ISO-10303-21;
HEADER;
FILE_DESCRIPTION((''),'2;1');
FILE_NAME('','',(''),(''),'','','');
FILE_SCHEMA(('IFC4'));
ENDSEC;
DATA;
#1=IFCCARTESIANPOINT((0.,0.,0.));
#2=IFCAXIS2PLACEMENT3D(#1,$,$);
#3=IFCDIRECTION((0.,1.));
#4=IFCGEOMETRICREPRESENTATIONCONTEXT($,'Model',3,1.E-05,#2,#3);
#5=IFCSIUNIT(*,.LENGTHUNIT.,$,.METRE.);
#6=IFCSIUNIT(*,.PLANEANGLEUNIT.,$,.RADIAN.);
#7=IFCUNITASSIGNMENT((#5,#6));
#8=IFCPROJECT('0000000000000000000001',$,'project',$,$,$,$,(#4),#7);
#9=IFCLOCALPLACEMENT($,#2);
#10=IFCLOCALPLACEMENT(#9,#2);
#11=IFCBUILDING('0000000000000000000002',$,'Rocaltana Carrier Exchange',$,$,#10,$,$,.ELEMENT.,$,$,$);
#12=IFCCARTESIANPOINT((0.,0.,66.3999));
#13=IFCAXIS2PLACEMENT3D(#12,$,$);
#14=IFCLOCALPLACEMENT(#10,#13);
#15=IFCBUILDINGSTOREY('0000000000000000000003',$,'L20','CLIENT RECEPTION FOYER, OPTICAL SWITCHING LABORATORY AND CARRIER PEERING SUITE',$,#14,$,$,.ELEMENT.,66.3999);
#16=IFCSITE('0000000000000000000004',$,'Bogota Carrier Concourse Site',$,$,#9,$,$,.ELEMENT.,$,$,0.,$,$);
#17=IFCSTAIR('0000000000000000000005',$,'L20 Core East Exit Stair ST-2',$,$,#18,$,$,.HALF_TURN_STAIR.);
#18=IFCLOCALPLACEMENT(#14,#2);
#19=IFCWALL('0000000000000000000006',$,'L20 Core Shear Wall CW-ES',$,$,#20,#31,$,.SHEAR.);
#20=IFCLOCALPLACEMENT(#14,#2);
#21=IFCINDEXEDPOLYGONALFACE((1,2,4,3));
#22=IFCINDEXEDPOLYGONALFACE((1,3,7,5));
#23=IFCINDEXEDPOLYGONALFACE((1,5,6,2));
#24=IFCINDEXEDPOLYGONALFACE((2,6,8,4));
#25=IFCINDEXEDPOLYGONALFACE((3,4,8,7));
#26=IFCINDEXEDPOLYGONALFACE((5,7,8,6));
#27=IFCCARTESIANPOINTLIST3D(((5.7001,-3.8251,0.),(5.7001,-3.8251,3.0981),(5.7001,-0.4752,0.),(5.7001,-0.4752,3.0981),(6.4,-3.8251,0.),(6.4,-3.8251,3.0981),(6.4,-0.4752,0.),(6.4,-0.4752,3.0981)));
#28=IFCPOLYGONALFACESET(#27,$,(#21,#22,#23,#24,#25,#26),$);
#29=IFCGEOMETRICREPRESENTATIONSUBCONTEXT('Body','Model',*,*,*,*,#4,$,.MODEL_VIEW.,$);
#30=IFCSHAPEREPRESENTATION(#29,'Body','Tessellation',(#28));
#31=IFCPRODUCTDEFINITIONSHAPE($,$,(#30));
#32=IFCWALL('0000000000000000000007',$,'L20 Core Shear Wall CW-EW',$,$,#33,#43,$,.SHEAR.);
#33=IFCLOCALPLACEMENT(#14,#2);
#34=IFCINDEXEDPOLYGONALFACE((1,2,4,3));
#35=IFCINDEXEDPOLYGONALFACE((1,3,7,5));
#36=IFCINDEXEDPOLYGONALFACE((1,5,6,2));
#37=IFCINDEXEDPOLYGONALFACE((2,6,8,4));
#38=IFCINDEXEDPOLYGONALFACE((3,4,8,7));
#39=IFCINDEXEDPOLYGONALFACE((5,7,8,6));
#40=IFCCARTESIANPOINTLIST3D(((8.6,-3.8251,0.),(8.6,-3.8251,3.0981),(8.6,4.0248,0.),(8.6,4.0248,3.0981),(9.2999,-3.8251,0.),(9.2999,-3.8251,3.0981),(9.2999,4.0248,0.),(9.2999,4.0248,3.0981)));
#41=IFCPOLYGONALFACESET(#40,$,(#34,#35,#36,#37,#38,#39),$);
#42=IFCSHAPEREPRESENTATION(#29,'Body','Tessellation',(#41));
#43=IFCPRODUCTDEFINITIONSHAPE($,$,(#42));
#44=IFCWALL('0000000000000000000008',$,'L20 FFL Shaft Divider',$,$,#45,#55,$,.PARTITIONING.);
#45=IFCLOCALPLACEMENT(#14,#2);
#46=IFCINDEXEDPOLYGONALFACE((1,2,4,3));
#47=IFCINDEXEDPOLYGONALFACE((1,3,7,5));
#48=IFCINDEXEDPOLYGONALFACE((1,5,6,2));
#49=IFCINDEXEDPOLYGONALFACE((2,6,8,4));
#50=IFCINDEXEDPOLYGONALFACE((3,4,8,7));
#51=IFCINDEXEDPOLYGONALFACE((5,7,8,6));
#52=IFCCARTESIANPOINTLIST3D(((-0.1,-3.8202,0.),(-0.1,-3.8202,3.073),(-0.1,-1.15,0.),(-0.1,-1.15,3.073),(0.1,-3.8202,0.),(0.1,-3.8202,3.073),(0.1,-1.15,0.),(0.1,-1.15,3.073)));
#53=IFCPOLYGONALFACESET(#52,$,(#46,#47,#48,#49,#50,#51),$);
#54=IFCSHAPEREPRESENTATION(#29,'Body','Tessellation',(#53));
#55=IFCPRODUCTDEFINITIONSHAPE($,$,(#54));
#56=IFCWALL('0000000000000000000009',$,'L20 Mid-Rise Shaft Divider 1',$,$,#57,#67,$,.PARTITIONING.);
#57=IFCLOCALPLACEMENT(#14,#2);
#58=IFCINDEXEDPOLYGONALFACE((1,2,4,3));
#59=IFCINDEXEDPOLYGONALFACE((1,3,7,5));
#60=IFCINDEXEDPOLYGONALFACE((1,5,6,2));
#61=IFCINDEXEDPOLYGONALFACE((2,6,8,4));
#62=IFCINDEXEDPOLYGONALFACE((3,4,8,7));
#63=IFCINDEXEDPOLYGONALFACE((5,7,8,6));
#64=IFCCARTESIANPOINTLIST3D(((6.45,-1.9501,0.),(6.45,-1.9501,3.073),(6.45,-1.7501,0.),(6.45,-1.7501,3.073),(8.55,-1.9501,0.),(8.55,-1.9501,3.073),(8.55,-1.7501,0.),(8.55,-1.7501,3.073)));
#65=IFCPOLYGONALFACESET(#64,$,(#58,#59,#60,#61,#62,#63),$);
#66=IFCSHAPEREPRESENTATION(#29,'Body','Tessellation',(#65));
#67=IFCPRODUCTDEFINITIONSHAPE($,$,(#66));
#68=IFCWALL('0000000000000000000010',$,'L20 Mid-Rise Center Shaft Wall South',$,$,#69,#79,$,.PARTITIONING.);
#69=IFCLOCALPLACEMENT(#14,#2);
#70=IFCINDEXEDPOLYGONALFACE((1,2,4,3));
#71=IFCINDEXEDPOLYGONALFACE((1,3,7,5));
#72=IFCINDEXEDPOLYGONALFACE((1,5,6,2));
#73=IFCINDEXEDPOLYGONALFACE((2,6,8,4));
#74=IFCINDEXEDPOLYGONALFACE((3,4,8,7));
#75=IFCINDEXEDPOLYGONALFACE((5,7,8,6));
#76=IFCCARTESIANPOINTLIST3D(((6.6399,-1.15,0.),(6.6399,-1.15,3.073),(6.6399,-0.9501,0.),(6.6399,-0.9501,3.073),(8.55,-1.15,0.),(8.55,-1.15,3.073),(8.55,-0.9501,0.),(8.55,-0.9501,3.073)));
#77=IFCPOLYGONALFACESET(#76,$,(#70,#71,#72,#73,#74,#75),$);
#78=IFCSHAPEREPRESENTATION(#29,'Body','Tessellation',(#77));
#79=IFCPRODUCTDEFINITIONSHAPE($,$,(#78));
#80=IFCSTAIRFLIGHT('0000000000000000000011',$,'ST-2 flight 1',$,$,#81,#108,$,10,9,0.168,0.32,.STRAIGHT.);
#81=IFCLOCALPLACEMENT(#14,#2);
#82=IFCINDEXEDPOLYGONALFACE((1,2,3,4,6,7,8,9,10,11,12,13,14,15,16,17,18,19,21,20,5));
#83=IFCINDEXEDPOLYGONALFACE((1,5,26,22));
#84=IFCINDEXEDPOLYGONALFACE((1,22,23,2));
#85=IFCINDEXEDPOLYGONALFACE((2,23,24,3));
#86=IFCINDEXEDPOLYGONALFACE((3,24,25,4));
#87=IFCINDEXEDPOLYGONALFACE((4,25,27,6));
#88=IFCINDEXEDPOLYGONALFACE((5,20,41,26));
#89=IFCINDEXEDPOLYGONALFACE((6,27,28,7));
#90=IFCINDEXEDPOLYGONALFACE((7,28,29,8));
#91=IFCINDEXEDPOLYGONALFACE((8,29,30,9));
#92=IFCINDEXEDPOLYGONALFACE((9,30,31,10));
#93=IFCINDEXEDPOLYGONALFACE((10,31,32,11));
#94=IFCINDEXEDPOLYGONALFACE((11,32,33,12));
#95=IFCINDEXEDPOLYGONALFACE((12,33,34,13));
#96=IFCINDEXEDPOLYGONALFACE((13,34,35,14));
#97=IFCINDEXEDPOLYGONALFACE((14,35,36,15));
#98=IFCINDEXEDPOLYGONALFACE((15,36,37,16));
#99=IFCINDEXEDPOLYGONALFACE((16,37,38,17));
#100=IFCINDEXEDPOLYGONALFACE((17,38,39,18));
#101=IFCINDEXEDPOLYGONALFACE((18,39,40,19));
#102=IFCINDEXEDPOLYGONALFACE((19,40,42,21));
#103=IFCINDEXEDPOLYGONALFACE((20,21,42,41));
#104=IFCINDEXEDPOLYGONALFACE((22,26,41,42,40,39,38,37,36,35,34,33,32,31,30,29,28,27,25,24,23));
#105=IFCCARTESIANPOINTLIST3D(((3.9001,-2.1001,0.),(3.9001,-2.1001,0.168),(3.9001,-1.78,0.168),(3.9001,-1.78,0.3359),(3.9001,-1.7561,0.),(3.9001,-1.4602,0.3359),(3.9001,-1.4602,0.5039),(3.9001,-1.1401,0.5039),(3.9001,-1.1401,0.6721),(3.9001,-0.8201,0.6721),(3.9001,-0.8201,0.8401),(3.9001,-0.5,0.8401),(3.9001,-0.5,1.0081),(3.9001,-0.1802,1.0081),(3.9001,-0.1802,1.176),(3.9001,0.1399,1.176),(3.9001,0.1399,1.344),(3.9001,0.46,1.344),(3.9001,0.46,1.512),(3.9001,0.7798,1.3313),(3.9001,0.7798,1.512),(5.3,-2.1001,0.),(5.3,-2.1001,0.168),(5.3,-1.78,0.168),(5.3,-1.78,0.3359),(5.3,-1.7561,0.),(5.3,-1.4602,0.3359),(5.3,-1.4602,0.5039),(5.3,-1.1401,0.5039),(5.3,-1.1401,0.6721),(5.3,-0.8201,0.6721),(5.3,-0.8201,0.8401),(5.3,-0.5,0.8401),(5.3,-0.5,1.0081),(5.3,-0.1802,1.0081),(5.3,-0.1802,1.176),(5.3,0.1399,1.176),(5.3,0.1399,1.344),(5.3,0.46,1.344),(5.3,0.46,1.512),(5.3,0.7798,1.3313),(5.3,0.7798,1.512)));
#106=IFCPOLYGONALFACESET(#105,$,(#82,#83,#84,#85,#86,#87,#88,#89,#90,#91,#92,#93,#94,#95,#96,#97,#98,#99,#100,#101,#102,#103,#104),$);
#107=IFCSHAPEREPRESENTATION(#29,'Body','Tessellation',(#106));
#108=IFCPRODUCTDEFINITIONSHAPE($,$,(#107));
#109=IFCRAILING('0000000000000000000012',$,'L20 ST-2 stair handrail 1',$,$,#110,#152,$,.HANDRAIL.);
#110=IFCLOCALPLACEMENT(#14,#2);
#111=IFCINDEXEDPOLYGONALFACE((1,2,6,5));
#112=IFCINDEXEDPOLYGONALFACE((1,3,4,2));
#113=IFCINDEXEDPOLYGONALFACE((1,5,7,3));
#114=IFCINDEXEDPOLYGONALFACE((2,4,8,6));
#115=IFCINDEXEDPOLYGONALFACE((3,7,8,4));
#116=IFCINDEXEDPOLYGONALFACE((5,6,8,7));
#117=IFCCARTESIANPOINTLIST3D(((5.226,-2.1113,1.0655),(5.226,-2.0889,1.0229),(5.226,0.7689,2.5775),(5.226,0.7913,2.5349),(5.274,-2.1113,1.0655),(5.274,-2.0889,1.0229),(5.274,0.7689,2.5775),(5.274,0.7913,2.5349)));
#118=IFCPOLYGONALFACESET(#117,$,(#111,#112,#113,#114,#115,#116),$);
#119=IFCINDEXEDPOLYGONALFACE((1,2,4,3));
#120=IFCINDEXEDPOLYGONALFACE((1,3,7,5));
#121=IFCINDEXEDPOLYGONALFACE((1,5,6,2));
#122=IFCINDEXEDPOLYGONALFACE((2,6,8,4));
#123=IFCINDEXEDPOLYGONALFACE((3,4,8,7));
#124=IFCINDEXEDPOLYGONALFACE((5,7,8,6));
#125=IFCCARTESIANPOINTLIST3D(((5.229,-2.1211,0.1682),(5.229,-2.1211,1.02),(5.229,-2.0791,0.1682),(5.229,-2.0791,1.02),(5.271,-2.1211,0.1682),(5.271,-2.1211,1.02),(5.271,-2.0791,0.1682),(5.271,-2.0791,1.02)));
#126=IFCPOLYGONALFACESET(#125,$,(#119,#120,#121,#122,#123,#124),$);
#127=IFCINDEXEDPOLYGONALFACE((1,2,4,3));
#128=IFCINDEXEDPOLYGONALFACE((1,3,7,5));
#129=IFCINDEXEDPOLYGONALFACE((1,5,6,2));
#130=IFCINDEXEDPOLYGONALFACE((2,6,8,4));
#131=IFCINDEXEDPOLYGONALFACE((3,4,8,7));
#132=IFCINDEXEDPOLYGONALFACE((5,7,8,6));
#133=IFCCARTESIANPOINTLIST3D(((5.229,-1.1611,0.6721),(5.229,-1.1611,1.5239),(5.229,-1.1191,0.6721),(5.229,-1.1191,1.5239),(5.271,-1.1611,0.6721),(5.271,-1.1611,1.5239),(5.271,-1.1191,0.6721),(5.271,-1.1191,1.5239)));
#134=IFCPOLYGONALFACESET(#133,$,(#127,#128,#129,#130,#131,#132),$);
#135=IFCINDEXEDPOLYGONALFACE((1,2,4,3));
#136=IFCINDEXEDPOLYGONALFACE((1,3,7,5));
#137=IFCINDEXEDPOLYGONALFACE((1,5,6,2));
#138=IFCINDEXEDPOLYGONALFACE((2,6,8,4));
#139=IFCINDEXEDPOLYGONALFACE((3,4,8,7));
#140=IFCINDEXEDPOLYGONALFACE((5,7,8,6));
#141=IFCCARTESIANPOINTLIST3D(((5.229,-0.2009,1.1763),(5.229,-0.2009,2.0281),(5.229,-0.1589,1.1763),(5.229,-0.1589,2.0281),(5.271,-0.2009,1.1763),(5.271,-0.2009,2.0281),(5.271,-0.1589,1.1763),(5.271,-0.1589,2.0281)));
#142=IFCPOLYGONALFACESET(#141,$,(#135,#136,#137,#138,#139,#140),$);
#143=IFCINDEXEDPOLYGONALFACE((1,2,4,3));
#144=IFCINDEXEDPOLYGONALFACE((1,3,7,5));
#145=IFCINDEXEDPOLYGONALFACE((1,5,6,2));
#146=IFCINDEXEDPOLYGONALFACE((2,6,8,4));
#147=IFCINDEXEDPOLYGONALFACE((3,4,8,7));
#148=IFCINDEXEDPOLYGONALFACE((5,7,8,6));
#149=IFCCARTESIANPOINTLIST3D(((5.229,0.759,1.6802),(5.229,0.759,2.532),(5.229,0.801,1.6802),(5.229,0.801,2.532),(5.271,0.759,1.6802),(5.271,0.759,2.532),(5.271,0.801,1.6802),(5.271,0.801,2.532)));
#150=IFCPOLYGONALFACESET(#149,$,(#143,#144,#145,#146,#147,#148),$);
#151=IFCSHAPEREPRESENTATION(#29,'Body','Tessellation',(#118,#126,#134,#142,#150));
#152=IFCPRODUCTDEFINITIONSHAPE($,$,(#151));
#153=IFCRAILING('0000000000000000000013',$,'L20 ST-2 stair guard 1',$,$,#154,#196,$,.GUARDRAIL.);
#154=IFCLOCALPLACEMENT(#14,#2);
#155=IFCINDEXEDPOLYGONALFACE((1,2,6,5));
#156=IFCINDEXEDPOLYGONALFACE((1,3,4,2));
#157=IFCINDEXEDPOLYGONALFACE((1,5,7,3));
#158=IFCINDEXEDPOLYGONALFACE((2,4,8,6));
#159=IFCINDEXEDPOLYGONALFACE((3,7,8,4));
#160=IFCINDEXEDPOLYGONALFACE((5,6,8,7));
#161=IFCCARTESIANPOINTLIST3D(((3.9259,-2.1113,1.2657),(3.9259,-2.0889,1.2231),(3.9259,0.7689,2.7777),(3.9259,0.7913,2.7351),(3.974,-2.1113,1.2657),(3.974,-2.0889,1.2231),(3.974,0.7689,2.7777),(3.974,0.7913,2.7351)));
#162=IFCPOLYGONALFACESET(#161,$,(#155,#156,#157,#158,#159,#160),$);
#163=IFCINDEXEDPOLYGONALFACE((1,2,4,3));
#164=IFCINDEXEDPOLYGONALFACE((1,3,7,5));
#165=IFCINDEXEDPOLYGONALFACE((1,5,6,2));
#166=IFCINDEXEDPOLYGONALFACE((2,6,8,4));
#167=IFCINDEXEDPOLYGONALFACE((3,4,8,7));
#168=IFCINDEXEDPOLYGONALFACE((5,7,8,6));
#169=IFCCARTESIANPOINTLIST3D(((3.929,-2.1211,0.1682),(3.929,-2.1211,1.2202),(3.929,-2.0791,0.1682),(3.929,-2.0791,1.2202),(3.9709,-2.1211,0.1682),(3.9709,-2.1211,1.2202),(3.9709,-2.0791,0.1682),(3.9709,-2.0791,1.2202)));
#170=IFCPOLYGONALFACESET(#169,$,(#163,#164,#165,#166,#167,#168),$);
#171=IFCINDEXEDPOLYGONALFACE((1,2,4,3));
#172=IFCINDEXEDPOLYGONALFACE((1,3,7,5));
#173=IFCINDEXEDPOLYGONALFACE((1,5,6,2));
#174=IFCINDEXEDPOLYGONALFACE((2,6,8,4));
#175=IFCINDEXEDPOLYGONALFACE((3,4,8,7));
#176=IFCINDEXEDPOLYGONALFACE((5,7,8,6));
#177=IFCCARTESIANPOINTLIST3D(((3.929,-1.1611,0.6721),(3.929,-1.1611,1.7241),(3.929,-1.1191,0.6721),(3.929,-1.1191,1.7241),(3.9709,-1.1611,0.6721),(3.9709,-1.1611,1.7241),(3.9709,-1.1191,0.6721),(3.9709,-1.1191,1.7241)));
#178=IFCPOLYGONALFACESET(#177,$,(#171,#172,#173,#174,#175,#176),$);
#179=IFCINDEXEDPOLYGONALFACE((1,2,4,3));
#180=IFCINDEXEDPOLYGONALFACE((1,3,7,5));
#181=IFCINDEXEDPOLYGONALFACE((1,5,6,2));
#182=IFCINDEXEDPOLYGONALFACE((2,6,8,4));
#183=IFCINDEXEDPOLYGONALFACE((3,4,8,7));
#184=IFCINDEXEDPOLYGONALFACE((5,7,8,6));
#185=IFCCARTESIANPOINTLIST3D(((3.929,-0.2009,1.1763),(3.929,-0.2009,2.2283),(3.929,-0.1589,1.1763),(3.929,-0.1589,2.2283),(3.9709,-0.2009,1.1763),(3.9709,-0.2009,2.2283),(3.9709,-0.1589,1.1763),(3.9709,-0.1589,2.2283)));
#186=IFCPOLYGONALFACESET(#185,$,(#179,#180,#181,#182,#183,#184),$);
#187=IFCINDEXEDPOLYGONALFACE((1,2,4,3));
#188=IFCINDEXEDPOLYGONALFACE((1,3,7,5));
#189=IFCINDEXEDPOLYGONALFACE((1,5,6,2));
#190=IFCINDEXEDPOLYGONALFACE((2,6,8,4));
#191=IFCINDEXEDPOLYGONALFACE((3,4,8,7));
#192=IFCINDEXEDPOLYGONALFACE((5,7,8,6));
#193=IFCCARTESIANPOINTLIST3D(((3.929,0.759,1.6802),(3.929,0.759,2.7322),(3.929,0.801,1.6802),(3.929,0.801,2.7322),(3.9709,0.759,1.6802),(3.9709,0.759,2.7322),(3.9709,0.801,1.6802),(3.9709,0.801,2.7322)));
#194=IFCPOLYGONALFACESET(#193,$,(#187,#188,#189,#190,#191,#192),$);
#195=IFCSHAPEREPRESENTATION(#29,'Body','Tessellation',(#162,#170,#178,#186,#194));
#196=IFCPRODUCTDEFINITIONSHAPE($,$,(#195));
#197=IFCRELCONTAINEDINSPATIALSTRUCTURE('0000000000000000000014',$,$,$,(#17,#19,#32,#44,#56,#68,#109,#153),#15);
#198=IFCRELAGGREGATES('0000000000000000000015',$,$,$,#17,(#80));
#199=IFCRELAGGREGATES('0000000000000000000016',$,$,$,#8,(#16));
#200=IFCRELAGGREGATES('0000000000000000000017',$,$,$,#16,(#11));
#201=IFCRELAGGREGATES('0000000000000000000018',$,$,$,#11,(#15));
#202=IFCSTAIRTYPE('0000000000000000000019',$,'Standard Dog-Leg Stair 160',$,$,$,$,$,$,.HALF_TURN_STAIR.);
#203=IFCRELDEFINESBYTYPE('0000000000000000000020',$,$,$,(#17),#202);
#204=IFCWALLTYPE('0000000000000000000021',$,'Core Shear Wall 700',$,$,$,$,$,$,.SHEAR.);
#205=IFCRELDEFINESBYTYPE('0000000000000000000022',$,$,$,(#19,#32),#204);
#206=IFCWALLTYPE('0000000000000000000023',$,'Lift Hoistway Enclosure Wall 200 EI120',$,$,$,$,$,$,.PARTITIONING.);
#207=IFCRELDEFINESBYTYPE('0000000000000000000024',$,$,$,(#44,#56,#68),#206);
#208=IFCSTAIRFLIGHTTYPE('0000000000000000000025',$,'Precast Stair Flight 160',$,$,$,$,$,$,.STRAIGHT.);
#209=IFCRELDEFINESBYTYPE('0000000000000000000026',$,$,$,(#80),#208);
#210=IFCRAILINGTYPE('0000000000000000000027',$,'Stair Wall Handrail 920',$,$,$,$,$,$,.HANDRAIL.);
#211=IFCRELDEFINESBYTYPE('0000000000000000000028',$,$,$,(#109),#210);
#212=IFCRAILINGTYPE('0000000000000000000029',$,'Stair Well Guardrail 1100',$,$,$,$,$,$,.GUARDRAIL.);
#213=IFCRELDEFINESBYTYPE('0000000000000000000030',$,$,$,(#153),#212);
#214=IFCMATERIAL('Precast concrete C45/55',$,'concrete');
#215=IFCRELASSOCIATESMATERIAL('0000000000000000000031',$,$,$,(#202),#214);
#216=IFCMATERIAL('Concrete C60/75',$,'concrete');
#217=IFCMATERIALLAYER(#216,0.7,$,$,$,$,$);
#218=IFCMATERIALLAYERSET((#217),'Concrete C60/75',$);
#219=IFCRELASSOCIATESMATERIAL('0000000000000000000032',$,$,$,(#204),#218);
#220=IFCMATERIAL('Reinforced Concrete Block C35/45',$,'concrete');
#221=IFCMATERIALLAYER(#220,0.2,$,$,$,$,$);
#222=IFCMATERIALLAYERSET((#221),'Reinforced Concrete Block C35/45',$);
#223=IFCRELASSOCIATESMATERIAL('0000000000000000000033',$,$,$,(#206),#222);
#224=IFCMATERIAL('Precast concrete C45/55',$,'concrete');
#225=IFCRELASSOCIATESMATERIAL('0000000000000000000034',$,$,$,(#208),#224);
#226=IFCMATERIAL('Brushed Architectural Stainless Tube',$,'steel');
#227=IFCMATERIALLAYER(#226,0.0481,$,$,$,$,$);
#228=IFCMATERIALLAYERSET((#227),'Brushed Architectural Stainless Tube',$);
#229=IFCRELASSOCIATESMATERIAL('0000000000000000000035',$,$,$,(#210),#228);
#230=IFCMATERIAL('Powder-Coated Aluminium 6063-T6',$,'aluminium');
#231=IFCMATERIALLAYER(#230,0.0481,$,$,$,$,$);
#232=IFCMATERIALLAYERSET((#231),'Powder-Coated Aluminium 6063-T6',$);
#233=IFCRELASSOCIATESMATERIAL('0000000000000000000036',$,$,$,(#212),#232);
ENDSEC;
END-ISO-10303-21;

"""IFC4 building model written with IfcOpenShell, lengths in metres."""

from ifc_helpers import new_model, si_unit, direction, frame, frame_2d, origin, origin_2d, place, context, subcontext, project, spatial, polyline, rectangle, outline, extrude, material, layer, layer_set, type_object, element, aggregate, save


model = new_model("IFC4")

# Units and contexts
model_context = context("Model", 3, precision=1e-05, world=origin(), true_north=direction((0.0, 1.0)))
body_context = subcontext(model_context, "Body", "Model", "MODEL_VIEW")
ifc_project = project(units=[si_unit("LENGTHUNIT", "METRE"), si_unit("PLANEANGLEUNIT", "RADIAN")], contexts=[model_context])

# Site, building, storey
site_placement = place(None, origin())
site = spatial("IfcSite", under=ifc_project, at=site_placement, Name="Bogota Carrier Concourse Site", CompositionType="ELEMENT", RefElevation=0.0)
building_placement = place(site_placement, origin())
building = spatial("IfcBuilding", under=site, at=building_placement, Name="Rocaltana Carrier Exchange", CompositionType="ELEMENT")
storey_placement = place(building_placement, frame((0.0, 0.0, 66.3999)))
storey = spatial("IfcBuildingStorey", under=building, at=storey_placement, Name="L20", Description="CLIENT RECEPTION FOYER, OPTICAL SWITCHING LABORATORY AND CARRIER PEERING SUITE", CompositionType="ELEMENT", Elevation=66.3999)

# Stair
ifc_material_1 = material(Name="Precast concrete C45/55", Category="concrete")
stair_type = type_object("IfcStairType", Name="Standard Dog-Leg Stair 160", PredefinedType="HALF_TURN_STAIR", material=ifc_material_1)
stair_1_placement = place(storey_placement, origin())
stair_1 = element("IfcStair", 1, at=stair_1_placement, inside=storey, type_object=stair_type, Name="L20 Core East Exit Stair ST-2", PredefinedType="HALF_TURN_STAIR")

# Walls
ifc_material_2 = material(Name="Concrete C60/75", Category="concrete")
ifc_layer_1 = layer(ifc_material_2, 0.7)
ifc_layer_set_1 = layer_set([ifc_layer_1], Name="Concrete C60/75")
wall_type_1 = type_object("IfcWallType", Name="Core Shear Wall 700", PredefinedType="SHEAR", material=ifc_layer_set_1)
wall_1_placement = place(storey_placement, frame((6.05, -3.825, 0.0), z_axis=(0.0, 0.0, 1.0), x_axis=(0.0, 1.0, 0.0)))
element("IfcWall", 2, at=wall_1_placement, inside=storey, type_object=wall_type_1, Name="L20 Core Shear Wall CW-ES", PredefinedType="SHEAR", context=body_context, shape_type="SweptSolid", body=[
    extrude(rectangle(XDim=3.3499, YDim=0.7, at=frame_2d((1.6748, 0.0))), origin(), (0.0, 0.0, 1.0), 3.0981),
])
wall_2_placement = place(storey_placement, frame((8.95, -3.825, 0.0), z_axis=(0.0, 0.0, 1.0), x_axis=(0.0, 1.0, 0.0)))
element("IfcWall", 3, at=wall_2_placement, inside=storey, type_object=wall_type_1, Name="L20 Core Shear Wall CW-EW", PredefinedType="SHEAR", context=body_context, shape_type="SweptSolid", body=[
    extrude(rectangle(XDim=7.8499, YDim=0.7, at=frame_2d((3.9248, 0.0))), origin(), (0.0, 0.0, 1.0), 3.0981),
])
ifc_material_3 = material(Name="Reinforced Concrete Block C35/45", Category="concrete")
ifc_layer_2 = layer(ifc_material_3, 0.2)
ifc_layer_set_2 = layer_set([ifc_layer_2], Name="Reinforced Concrete Block C35/45")
wall_type_2 = type_object("IfcWallType", Name="Lift Hoistway Enclosure Wall 200 EI120", PredefinedType="PARTITIONING", material=ifc_layer_set_2)
wall_3_placement = place(storey_placement, frame((0.0, -3.8201, 0.0), z_axis=(0.0, 0.0, 1.0), x_axis=(0.0, 1.0, 0.0)))
element("IfcWall", 4, at=wall_3_placement, inside=storey, type_object=wall_type_2, Name="L20 FFL Shaft Divider", PredefinedType="PARTITIONING", context=body_context, shape_type="SweptSolid", body=[
    extrude(rectangle(XDim=2.6702, YDim=0.2, at=frame_2d((1.335, 0.0))), origin(), (0.0, 0.0, 1.0), 3.073),
])
wall_4_placement = place(storey_placement, frame((6.45, -1.8501, 0.0), z_axis=(0.0, 0.0, 1.0), x_axis=(1.0, 0.0, 0.0)))
element("IfcWall", 5, at=wall_4_placement, inside=storey, type_object=wall_type_2, Name="L20 Mid-Rise Shaft Divider 1", PredefinedType="PARTITIONING", context=body_context, shape_type="SweptSolid", body=[
    extrude(rectangle(XDim=2.1001, YDim=0.2, at=frame_2d((1.05, 0.0))), origin(), (0.0, 0.0, 1.0), 3.073),
])
wall_5_placement = place(storey_placement, frame((6.6399, -1.05, 0.0), z_axis=(0.0, 0.0, 1.0), x_axis=(1.0, 0.0, 0.0)))
element("IfcWall", 6, at=wall_5_placement, inside=storey, type_object=wall_type_2, Name="L20 Mid-Rise Center Shaft Wall South", PredefinedType="PARTITIONING", context=body_context, shape_type="SweptSolid", body=[
    extrude(rectangle(XDim=1.9102, YDim=0.2, at=frame_2d((0.9551, 0.0))), origin(), (0.0, 0.0, 1.0), 3.073),
])

# Stair flight
ifc_material_4 = material(Name="Precast concrete C45/55", Category="concrete")
stair_flight_type = type_object("IfcStairFlightType", Name="Precast Stair Flight 160", PredefinedType="STRAIGHT", material=ifc_material_4)
stair_flight_placement = place(storey_placement, frame((4.6001, -2.1001, 0.0), z_axis=(0.0, 0.0, 1.0), x_axis=(0.0, 1.0, 0.0)))
stair_flight = element("IfcStairFlight", 7, at=stair_flight_placement, type_object=stair_flight_type, Name="ST-2 flight 1", NumberOfRisers=10, NumberOfTreads=9, PredefinedType="STRAIGHT", RiserHeight=0.168, TreadLength=0.32, context=body_context, shape_type="SweptSolid", body=[
    extrude(outline(polyline([(0.0, 0.0), (0.0, 0.168), (0.3201, 0.168), (0.3201, 0.3359), (0.6399, 0.3359), (0.6399, 0.5039), (0.96, 0.5039), (0.96, 0.6721), (1.28, 0.6721), (1.28, 0.8401), (1.6001, 0.8401), (1.6001, 1.0081), (1.9199, 1.0081), (1.9199, 1.176), (2.24, 1.176), (2.24, 1.344), (2.5601, 1.344), (2.5601, 1.512), (2.8799, 1.512), (2.8799, 1.6799), (2.8799, 1.3313), (0.344, 0.0), (0.0, 0.0)])), frame((0.0, 0.7, 0.0), z_axis=(0.0, -1.0, 0.0), x_axis=(1.0, 0.0, 0.0)), (0.0, 0.0, 1.0), 1.3999),
])
aggregate(stair_1, [stair_flight])

# Railings
ifc_material_5 = material(Name="Brushed Architectural Stainless Tube", Category="steel")
ifc_layer_3 = layer(ifc_material_5, 0.0481)
ifc_layer_set_3 = layer_set([ifc_layer_3], Name="Brushed Architectural Stainless Tube")
railing_type_1 = type_object("IfcRailingType", Name="Stair Wall Handrail 920", PredefinedType="HANDRAIL", material=ifc_layer_set_3)
railing_1_placement = place(storey_placement, frame((5.25, -2.1001, 0.1682)))
element("IfcRailing", 8, at=railing_1_placement, inside=storey, type_object=railing_type_1, Name="L20 ST-2 stair handrail 1", PredefinedType="HANDRAIL", context=body_context, shape_type="SweptSolid", body=[
    extrude(rectangle(XDim=0.0481, YDim=0.0481, at=origin_2d()), frame((0.0, 0.0, 0.876), z_axis=(0.0, 0.885411, 0.464809), x_axis=(-1.0, 0.0, 0.0)), (0.0, 0.0, 1.0), 3.2529),
    extrude(rectangle(XDim=0.042, YDim=0.042, at=origin_2d()), origin(), (0.0, 0.0, 1.0), 0.8518),
    extrude(rectangle(XDim=0.042, YDim=0.042, at=origin_2d()), frame((0.0, 0.96, 0.5039)), (0.0, 0.0, 1.0), 0.8518),
    extrude(rectangle(XDim=0.042, YDim=0.042, at=origin_2d()), frame((0.0, 1.9202, 1.0081)), (0.0, 0.0, 1.0), 0.8518),
    extrude(rectangle(XDim=0.042, YDim=0.042, at=origin_2d()), frame((0.0, 2.8801, 1.512)), (0.0, 0.0, 1.0), 0.8518),
])
ifc_material_6 = material(Name="Powder-Coated Aluminium 6063-T6", Category="aluminium")
ifc_layer_4 = layer(ifc_material_6, 0.0481)
ifc_layer_set_4 = layer_set([ifc_layer_4], Name="Powder-Coated Aluminium 6063-T6")
railing_type_2 = type_object("IfcRailingType", Name="Stair Well Guardrail 1100", PredefinedType="GUARDRAIL", material=ifc_layer_set_4)
railing_2_placement = place(storey_placement, frame((3.95, -2.1001, 0.1682)))
element("IfcRailing", 9, at=railing_2_placement, inside=storey, type_object=railing_type_2, Name="L20 ST-2 stair guard 1", PredefinedType="GUARDRAIL", context=body_context, shape_type="SweptSolid", body=[
    extrude(rectangle(XDim=0.0481, YDim=0.0481, at=origin_2d()), frame((0.0, 0.0, 1.0762), z_axis=(0.0, 0.885411, 0.464809), x_axis=(-1.0, 0.0, 0.0)), (0.0, 0.0, 1.0), 3.2529),
    extrude(rectangle(XDim=0.042, YDim=0.042, at=origin_2d()), origin(), (0.0, 0.0, 1.0), 1.052),
    extrude(rectangle(XDim=0.042, YDim=0.042, at=origin_2d()), frame((0.0, 0.96, 0.5039)), (0.0, 0.0, 1.0), 1.052),
    extrude(rectangle(XDim=0.042, YDim=0.042, at=origin_2d()), frame((0.0, 1.9202, 1.0081)), (0.0, 0.0, 1.0), 1.052),
    extrude(rectangle(XDim=0.042, YDim=0.042, at=origin_2d()), frame((0.0, 2.8801, 1.512)), (0.0, 0.0, 1.0), 1.052),
])

save(model, "model.ifc")
